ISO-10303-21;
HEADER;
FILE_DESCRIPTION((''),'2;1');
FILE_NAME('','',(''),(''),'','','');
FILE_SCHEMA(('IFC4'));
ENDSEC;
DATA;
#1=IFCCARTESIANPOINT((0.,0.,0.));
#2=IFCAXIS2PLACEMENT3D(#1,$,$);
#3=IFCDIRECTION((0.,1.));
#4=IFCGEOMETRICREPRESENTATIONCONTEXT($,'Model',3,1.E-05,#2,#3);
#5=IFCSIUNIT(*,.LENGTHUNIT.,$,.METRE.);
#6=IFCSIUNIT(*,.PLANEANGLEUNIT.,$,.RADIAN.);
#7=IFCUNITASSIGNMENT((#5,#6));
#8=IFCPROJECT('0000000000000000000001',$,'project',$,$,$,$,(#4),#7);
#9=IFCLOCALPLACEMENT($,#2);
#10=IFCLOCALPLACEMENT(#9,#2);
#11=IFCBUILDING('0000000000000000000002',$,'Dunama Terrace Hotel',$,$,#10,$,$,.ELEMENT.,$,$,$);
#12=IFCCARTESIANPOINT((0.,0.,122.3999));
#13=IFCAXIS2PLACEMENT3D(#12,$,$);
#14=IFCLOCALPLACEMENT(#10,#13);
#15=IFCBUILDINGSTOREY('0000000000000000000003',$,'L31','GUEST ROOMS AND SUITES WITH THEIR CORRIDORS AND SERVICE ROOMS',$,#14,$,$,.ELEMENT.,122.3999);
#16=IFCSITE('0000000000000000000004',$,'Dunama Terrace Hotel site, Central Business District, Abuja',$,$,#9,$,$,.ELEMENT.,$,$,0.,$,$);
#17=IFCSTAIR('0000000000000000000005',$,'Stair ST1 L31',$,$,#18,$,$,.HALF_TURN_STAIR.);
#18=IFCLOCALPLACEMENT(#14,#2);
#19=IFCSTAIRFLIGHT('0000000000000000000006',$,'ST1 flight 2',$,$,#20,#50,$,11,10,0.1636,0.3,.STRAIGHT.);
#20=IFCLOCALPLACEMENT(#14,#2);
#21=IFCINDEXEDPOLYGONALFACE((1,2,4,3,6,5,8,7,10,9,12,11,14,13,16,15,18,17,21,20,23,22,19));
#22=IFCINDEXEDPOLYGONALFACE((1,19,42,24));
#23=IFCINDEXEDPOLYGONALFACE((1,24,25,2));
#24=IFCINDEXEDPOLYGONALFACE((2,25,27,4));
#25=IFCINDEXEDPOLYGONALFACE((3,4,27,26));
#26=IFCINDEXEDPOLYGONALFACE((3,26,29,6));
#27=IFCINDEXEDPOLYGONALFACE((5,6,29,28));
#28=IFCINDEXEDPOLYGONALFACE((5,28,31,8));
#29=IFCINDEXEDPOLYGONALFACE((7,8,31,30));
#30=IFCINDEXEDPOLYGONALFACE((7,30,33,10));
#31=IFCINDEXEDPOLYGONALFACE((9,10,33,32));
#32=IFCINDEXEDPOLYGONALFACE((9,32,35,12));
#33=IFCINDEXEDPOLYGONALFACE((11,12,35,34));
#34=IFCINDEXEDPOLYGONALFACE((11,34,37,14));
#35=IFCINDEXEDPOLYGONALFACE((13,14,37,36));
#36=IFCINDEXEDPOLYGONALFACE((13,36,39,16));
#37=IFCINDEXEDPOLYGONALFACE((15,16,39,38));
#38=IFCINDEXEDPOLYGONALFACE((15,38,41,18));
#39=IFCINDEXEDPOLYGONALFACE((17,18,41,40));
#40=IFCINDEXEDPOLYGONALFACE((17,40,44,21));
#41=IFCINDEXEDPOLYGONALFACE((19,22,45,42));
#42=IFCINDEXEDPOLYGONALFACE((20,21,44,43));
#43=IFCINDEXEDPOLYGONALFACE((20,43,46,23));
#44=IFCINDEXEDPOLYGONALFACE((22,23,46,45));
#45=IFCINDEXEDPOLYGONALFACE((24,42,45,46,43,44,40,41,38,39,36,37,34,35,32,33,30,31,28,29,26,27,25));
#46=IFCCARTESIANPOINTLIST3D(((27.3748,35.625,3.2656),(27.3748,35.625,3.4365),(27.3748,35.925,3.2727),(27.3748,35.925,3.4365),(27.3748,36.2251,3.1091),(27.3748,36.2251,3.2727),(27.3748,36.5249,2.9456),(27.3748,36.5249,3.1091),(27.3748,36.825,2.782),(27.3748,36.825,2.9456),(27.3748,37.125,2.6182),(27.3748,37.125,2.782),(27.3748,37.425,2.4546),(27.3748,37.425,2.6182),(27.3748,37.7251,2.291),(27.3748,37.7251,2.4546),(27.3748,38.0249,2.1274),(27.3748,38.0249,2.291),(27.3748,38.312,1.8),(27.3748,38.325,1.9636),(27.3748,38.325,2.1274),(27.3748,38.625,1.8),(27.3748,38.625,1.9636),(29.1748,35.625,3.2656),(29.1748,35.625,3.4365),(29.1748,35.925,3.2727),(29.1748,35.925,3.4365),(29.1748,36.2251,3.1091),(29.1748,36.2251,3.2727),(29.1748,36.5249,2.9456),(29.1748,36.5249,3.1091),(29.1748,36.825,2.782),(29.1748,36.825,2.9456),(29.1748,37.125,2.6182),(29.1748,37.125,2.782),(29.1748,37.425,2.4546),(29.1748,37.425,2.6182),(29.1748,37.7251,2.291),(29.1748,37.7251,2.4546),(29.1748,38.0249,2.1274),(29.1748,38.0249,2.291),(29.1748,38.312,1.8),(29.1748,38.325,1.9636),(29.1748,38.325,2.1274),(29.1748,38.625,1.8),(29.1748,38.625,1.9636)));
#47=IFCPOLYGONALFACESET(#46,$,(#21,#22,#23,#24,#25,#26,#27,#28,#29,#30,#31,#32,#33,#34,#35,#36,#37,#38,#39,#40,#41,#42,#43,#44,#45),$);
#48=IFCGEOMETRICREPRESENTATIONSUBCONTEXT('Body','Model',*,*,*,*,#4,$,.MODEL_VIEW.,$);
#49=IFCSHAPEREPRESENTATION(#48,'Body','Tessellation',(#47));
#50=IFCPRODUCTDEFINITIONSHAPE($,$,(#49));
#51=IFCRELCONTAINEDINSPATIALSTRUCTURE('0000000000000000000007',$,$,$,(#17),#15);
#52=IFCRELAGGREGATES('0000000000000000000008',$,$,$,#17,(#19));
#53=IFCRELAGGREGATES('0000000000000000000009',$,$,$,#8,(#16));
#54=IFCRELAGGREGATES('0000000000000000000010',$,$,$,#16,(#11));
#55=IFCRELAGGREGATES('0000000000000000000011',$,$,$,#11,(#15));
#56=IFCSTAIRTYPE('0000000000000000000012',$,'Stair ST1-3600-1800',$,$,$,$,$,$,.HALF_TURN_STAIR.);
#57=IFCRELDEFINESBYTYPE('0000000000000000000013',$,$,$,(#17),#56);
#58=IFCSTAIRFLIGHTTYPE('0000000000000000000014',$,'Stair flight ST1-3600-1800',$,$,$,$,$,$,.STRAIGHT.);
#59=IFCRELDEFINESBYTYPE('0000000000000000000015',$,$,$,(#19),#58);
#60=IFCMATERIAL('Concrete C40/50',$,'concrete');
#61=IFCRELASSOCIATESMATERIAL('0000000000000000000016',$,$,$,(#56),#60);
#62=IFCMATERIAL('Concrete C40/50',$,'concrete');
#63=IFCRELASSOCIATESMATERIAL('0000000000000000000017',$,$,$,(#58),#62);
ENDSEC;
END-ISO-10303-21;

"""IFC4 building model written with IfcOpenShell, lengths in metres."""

from ifc_helpers import new_model, si_unit, direction, frame, origin, place, context, subcontext, project, spatial, polyline, outline, extrude, material, type_object, element, aggregate, save


model = new_model("IFC4")

# Units and contexts
model_context = context("Model", 3, precision=1e-05, world=origin(), true_north=direction((0.0, 1.0)))
body_context = subcontext(model_context, "Body", "Model", "MODEL_VIEW")
ifc_project = project(units=[si_unit("LENGTHUNIT", "METRE"), si_unit("PLANEANGLEUNIT", "RADIAN")], contexts=[model_context])

# Site, building, storey
site_placement = place(None, origin())
site = spatial("IfcSite", under=ifc_project, at=site_placement, Name="Dunama Terrace Hotel site, Central Business District, Abuja", CompositionType="ELEMENT", RefElevation=0.0)
building_placement = place(site_placement, origin())
building = spatial("IfcBuilding", under=site, at=building_placement, Name="Dunama Terrace Hotel", CompositionType="ELEMENT")
storey_placement = place(building_placement, frame((0.0, 0.0, 122.3999)))
storey = spatial("IfcBuildingStorey", under=building, at=storey_placement, Name="L31", Description="GUEST ROOMS AND SUITES WITH THEIR CORRIDORS AND SERVICE ROOMS", CompositionType="ELEMENT", Elevation=122.3999)

# Stair, stair flight
ifc_material_1 = material(Name="Concrete C40/50", Category="concrete")
stair_type = type_object("IfcStairType", Name="Stair ST1-3600-1800", PredefinedType="HALF_TURN_STAIR", material=ifc_material_1)
stair_placement = place(storey_placement, origin())
stair = element("IfcStair", 1, at=stair_placement, inside=storey, type_object=stair_type, Name="Stair ST1 L31", PredefinedType="HALF_TURN_STAIR")
ifc_material_2 = material(Name="Concrete C40/50", Category="concrete")
stair_flight_type = type_object("IfcStairFlightType", Name="Stair flight ST1-3600-1800", PredefinedType="STRAIGHT", material=ifc_material_2)
stair_flight_placement = place(storey_placement, frame((28.2749, 38.625, 1.8), z_axis=(0.0, 0.0, 1.0), x_axis=(0.0, -1.0, 0.0)))
stair_flight = element("IfcStairFlight", 2, at=stair_flight_placement, type_object=stair_flight_type, Name="ST1 flight 2", NumberOfRisers=11, NumberOfTreads=10, PredefinedType="STRAIGHT", RiserHeight=0.1636, TreadLength=0.3, context=body_context, shape_type="SweptSolid", body=[
    extrude(outline(polyline([(0.0, 0.0), (0.0, 0.1636), (0.3, 0.1636), (0.3, 0.3274), (0.6001, 0.3274), (0.6001, 0.491), (0.8999, 0.491), (0.8999, 0.6545), (1.2, 0.6545), (1.2, 0.8181), (1.5, 0.8181), (1.5, 0.9819), (1.8, 0.9819), (1.8, 1.1455), (2.1001, 1.1455), (2.1001, 1.3091), (2.3999, 1.3091), (2.3999, 1.4727), (2.7, 1.4727), (2.7, 1.6365), (3.0, 1.6365), (3.0, 1.8), (3.0, 1.4656), (0.313, 0.0), (0.0, 0.0)])), frame((0.0, 0.8999, 0.0), z_axis=(0.0, -1.0, 0.0), x_axis=(1.0, 0.0, 0.0)), (0.0, 0.0, 1.0), 1.8),
])
aggregate(stair, [stair_flight])

save(model, "model.ifc")
